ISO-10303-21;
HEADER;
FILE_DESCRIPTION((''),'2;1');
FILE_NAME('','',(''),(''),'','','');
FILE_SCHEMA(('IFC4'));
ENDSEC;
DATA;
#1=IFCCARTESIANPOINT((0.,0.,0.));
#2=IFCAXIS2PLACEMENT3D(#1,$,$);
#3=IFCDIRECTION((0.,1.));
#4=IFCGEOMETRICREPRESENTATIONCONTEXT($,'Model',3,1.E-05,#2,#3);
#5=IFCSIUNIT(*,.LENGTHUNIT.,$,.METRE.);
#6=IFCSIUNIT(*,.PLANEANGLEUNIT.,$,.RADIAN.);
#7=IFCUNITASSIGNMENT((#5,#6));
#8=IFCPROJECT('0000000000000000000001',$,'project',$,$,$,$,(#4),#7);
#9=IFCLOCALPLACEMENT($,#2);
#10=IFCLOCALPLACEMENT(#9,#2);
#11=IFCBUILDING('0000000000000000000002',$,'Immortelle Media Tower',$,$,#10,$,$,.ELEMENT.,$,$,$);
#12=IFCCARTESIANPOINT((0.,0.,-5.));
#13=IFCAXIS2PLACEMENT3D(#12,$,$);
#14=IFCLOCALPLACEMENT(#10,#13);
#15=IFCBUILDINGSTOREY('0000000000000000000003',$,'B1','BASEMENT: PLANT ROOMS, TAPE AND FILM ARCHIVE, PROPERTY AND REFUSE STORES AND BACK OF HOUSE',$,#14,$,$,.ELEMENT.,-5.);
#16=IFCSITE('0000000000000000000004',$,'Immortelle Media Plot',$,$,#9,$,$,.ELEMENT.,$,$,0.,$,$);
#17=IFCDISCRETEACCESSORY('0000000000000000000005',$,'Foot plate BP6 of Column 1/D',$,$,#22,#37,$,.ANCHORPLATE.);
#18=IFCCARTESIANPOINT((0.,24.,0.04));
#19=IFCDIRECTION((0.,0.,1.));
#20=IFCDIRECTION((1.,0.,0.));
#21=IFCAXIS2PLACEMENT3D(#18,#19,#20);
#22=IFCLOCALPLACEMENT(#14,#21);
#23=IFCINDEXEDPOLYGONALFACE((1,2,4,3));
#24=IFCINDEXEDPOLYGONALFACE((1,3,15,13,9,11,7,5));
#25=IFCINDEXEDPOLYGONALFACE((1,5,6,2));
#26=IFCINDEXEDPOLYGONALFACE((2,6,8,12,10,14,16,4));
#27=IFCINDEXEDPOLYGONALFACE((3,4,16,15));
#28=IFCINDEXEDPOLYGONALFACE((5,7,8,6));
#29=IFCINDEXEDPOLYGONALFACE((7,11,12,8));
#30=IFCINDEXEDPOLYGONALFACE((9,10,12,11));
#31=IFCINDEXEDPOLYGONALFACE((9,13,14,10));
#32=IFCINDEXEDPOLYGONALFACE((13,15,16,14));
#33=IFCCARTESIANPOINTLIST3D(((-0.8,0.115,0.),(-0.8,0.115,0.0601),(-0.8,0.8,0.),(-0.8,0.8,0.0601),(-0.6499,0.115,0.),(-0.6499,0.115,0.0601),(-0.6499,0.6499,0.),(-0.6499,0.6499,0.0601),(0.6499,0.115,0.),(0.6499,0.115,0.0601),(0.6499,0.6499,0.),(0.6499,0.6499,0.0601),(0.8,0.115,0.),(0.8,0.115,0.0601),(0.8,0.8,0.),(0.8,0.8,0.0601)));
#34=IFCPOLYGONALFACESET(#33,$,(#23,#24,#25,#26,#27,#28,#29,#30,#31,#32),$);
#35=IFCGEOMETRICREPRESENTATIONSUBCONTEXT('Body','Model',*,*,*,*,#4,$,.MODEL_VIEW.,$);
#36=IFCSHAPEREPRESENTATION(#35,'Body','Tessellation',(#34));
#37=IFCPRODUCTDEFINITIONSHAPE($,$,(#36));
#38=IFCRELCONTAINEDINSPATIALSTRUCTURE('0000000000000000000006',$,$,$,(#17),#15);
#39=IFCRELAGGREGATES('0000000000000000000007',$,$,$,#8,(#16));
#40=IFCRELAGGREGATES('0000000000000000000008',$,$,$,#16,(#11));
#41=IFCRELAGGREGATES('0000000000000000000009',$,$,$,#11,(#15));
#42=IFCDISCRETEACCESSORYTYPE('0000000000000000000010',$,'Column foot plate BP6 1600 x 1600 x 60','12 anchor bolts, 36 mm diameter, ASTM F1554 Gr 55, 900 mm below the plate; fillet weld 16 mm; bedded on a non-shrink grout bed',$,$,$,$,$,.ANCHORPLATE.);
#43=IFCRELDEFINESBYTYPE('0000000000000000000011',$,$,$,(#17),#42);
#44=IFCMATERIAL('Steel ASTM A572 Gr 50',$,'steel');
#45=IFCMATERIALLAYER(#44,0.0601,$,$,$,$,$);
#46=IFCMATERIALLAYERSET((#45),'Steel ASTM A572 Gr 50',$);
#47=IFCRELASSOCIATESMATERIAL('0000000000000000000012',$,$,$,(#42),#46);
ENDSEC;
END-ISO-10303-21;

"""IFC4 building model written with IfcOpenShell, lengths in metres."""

from ifc_helpers import new_model, si_unit, direction, frame, origin, place, context, subcontext, project, spatial, polyline, outline, extrude, material, layer, layer_set, type_object, element, save


model = new_model("IFC4")

# Units and contexts
model_context = context("Model", 3, precision=1e-05, world=origin(), true_north=direction((0.0, 1.0)))
body_context = subcontext(model_context, "Body", "Model", "MODEL_VIEW")
ifc_project = project(units=[si_unit("LENGTHUNIT", "METRE"), si_unit("PLANEANGLEUNIT", "RADIAN")], contexts=[model_context])

# Site, building, storey
site_placement = place(None, origin())
site = spatial("IfcSite", under=ifc_project, at=site_placement, Name="Immortelle Media Plot", CompositionType="ELEMENT", RefElevation=0.0)
building_placement = place(site_placement, origin())
building = spatial("IfcBuilding", under=site, at=building_placement, Name="Immortelle Media Tower", CompositionType="ELEMENT")
storey_placement = place(building_placement, frame((0.0, 0.0, -5.0)))
storey = spatial("IfcBuildingStorey", under=building, at=storey_placement, Name="B1", Description="BASEMENT: PLANT ROOMS, TAPE AND FILM ARCHIVE, PROPERTY AND REFUSE STORES AND BACK OF HOUSE", CompositionType="ELEMENT", Elevation=-5.0)

# Shared definitions
ifc_material_1 = material(Name="Steel ASTM A572 Gr 50", Category="steel")

# Discrete accessory
ifc_layer_1 = layer(ifc_material_1, 0.0601)
ifc_layer_set_1 = layer_set([ifc_layer_1], Name="Steel ASTM A572 Gr 50")
discrete_accessory_type = type_object("IfcDiscreteAccessoryType", Name="Column foot plate BP6 1600 x 1600 x 60", Description="12 anchor bolts, 36 mm diameter, ASTM F1554 Gr 55, 900 mm below the plate; fillet weld 16 mm; bedded on a non-shrink grout bed", PredefinedType="ANCHORPLATE", material=ifc_layer_set_1)
discrete_accessory_1_placement = place(storey_placement, frame((0.0, 24.0, 0.04), z_axis=(0.0, 0.0, 1.0), x_axis=(1.0, 0.0, 0.0)))
element("IfcDiscreteAccessory", 1, at=discrete_accessory_1_placement, inside=storey, type_object=discrete_accessory_type, Name="Foot plate BP6 of Column 1/D", PredefinedType="ANCHORPLATE", context=body_context, shape_type="SweptSolid", body=[
    extrude(outline(polyline([(-0.8, 0.115), (-0.6499, 0.115), (-0.6499, 0.6499), (0.6499, 0.6499), (0.6499, 0.115), (0.8, 0.115), (0.8, 0.8), (-0.8, 0.8), (-0.8, 0.115)])), origin(), (0.0, 0.0, 1.0), 0.0601),
])

save(model, "model.ifc")
